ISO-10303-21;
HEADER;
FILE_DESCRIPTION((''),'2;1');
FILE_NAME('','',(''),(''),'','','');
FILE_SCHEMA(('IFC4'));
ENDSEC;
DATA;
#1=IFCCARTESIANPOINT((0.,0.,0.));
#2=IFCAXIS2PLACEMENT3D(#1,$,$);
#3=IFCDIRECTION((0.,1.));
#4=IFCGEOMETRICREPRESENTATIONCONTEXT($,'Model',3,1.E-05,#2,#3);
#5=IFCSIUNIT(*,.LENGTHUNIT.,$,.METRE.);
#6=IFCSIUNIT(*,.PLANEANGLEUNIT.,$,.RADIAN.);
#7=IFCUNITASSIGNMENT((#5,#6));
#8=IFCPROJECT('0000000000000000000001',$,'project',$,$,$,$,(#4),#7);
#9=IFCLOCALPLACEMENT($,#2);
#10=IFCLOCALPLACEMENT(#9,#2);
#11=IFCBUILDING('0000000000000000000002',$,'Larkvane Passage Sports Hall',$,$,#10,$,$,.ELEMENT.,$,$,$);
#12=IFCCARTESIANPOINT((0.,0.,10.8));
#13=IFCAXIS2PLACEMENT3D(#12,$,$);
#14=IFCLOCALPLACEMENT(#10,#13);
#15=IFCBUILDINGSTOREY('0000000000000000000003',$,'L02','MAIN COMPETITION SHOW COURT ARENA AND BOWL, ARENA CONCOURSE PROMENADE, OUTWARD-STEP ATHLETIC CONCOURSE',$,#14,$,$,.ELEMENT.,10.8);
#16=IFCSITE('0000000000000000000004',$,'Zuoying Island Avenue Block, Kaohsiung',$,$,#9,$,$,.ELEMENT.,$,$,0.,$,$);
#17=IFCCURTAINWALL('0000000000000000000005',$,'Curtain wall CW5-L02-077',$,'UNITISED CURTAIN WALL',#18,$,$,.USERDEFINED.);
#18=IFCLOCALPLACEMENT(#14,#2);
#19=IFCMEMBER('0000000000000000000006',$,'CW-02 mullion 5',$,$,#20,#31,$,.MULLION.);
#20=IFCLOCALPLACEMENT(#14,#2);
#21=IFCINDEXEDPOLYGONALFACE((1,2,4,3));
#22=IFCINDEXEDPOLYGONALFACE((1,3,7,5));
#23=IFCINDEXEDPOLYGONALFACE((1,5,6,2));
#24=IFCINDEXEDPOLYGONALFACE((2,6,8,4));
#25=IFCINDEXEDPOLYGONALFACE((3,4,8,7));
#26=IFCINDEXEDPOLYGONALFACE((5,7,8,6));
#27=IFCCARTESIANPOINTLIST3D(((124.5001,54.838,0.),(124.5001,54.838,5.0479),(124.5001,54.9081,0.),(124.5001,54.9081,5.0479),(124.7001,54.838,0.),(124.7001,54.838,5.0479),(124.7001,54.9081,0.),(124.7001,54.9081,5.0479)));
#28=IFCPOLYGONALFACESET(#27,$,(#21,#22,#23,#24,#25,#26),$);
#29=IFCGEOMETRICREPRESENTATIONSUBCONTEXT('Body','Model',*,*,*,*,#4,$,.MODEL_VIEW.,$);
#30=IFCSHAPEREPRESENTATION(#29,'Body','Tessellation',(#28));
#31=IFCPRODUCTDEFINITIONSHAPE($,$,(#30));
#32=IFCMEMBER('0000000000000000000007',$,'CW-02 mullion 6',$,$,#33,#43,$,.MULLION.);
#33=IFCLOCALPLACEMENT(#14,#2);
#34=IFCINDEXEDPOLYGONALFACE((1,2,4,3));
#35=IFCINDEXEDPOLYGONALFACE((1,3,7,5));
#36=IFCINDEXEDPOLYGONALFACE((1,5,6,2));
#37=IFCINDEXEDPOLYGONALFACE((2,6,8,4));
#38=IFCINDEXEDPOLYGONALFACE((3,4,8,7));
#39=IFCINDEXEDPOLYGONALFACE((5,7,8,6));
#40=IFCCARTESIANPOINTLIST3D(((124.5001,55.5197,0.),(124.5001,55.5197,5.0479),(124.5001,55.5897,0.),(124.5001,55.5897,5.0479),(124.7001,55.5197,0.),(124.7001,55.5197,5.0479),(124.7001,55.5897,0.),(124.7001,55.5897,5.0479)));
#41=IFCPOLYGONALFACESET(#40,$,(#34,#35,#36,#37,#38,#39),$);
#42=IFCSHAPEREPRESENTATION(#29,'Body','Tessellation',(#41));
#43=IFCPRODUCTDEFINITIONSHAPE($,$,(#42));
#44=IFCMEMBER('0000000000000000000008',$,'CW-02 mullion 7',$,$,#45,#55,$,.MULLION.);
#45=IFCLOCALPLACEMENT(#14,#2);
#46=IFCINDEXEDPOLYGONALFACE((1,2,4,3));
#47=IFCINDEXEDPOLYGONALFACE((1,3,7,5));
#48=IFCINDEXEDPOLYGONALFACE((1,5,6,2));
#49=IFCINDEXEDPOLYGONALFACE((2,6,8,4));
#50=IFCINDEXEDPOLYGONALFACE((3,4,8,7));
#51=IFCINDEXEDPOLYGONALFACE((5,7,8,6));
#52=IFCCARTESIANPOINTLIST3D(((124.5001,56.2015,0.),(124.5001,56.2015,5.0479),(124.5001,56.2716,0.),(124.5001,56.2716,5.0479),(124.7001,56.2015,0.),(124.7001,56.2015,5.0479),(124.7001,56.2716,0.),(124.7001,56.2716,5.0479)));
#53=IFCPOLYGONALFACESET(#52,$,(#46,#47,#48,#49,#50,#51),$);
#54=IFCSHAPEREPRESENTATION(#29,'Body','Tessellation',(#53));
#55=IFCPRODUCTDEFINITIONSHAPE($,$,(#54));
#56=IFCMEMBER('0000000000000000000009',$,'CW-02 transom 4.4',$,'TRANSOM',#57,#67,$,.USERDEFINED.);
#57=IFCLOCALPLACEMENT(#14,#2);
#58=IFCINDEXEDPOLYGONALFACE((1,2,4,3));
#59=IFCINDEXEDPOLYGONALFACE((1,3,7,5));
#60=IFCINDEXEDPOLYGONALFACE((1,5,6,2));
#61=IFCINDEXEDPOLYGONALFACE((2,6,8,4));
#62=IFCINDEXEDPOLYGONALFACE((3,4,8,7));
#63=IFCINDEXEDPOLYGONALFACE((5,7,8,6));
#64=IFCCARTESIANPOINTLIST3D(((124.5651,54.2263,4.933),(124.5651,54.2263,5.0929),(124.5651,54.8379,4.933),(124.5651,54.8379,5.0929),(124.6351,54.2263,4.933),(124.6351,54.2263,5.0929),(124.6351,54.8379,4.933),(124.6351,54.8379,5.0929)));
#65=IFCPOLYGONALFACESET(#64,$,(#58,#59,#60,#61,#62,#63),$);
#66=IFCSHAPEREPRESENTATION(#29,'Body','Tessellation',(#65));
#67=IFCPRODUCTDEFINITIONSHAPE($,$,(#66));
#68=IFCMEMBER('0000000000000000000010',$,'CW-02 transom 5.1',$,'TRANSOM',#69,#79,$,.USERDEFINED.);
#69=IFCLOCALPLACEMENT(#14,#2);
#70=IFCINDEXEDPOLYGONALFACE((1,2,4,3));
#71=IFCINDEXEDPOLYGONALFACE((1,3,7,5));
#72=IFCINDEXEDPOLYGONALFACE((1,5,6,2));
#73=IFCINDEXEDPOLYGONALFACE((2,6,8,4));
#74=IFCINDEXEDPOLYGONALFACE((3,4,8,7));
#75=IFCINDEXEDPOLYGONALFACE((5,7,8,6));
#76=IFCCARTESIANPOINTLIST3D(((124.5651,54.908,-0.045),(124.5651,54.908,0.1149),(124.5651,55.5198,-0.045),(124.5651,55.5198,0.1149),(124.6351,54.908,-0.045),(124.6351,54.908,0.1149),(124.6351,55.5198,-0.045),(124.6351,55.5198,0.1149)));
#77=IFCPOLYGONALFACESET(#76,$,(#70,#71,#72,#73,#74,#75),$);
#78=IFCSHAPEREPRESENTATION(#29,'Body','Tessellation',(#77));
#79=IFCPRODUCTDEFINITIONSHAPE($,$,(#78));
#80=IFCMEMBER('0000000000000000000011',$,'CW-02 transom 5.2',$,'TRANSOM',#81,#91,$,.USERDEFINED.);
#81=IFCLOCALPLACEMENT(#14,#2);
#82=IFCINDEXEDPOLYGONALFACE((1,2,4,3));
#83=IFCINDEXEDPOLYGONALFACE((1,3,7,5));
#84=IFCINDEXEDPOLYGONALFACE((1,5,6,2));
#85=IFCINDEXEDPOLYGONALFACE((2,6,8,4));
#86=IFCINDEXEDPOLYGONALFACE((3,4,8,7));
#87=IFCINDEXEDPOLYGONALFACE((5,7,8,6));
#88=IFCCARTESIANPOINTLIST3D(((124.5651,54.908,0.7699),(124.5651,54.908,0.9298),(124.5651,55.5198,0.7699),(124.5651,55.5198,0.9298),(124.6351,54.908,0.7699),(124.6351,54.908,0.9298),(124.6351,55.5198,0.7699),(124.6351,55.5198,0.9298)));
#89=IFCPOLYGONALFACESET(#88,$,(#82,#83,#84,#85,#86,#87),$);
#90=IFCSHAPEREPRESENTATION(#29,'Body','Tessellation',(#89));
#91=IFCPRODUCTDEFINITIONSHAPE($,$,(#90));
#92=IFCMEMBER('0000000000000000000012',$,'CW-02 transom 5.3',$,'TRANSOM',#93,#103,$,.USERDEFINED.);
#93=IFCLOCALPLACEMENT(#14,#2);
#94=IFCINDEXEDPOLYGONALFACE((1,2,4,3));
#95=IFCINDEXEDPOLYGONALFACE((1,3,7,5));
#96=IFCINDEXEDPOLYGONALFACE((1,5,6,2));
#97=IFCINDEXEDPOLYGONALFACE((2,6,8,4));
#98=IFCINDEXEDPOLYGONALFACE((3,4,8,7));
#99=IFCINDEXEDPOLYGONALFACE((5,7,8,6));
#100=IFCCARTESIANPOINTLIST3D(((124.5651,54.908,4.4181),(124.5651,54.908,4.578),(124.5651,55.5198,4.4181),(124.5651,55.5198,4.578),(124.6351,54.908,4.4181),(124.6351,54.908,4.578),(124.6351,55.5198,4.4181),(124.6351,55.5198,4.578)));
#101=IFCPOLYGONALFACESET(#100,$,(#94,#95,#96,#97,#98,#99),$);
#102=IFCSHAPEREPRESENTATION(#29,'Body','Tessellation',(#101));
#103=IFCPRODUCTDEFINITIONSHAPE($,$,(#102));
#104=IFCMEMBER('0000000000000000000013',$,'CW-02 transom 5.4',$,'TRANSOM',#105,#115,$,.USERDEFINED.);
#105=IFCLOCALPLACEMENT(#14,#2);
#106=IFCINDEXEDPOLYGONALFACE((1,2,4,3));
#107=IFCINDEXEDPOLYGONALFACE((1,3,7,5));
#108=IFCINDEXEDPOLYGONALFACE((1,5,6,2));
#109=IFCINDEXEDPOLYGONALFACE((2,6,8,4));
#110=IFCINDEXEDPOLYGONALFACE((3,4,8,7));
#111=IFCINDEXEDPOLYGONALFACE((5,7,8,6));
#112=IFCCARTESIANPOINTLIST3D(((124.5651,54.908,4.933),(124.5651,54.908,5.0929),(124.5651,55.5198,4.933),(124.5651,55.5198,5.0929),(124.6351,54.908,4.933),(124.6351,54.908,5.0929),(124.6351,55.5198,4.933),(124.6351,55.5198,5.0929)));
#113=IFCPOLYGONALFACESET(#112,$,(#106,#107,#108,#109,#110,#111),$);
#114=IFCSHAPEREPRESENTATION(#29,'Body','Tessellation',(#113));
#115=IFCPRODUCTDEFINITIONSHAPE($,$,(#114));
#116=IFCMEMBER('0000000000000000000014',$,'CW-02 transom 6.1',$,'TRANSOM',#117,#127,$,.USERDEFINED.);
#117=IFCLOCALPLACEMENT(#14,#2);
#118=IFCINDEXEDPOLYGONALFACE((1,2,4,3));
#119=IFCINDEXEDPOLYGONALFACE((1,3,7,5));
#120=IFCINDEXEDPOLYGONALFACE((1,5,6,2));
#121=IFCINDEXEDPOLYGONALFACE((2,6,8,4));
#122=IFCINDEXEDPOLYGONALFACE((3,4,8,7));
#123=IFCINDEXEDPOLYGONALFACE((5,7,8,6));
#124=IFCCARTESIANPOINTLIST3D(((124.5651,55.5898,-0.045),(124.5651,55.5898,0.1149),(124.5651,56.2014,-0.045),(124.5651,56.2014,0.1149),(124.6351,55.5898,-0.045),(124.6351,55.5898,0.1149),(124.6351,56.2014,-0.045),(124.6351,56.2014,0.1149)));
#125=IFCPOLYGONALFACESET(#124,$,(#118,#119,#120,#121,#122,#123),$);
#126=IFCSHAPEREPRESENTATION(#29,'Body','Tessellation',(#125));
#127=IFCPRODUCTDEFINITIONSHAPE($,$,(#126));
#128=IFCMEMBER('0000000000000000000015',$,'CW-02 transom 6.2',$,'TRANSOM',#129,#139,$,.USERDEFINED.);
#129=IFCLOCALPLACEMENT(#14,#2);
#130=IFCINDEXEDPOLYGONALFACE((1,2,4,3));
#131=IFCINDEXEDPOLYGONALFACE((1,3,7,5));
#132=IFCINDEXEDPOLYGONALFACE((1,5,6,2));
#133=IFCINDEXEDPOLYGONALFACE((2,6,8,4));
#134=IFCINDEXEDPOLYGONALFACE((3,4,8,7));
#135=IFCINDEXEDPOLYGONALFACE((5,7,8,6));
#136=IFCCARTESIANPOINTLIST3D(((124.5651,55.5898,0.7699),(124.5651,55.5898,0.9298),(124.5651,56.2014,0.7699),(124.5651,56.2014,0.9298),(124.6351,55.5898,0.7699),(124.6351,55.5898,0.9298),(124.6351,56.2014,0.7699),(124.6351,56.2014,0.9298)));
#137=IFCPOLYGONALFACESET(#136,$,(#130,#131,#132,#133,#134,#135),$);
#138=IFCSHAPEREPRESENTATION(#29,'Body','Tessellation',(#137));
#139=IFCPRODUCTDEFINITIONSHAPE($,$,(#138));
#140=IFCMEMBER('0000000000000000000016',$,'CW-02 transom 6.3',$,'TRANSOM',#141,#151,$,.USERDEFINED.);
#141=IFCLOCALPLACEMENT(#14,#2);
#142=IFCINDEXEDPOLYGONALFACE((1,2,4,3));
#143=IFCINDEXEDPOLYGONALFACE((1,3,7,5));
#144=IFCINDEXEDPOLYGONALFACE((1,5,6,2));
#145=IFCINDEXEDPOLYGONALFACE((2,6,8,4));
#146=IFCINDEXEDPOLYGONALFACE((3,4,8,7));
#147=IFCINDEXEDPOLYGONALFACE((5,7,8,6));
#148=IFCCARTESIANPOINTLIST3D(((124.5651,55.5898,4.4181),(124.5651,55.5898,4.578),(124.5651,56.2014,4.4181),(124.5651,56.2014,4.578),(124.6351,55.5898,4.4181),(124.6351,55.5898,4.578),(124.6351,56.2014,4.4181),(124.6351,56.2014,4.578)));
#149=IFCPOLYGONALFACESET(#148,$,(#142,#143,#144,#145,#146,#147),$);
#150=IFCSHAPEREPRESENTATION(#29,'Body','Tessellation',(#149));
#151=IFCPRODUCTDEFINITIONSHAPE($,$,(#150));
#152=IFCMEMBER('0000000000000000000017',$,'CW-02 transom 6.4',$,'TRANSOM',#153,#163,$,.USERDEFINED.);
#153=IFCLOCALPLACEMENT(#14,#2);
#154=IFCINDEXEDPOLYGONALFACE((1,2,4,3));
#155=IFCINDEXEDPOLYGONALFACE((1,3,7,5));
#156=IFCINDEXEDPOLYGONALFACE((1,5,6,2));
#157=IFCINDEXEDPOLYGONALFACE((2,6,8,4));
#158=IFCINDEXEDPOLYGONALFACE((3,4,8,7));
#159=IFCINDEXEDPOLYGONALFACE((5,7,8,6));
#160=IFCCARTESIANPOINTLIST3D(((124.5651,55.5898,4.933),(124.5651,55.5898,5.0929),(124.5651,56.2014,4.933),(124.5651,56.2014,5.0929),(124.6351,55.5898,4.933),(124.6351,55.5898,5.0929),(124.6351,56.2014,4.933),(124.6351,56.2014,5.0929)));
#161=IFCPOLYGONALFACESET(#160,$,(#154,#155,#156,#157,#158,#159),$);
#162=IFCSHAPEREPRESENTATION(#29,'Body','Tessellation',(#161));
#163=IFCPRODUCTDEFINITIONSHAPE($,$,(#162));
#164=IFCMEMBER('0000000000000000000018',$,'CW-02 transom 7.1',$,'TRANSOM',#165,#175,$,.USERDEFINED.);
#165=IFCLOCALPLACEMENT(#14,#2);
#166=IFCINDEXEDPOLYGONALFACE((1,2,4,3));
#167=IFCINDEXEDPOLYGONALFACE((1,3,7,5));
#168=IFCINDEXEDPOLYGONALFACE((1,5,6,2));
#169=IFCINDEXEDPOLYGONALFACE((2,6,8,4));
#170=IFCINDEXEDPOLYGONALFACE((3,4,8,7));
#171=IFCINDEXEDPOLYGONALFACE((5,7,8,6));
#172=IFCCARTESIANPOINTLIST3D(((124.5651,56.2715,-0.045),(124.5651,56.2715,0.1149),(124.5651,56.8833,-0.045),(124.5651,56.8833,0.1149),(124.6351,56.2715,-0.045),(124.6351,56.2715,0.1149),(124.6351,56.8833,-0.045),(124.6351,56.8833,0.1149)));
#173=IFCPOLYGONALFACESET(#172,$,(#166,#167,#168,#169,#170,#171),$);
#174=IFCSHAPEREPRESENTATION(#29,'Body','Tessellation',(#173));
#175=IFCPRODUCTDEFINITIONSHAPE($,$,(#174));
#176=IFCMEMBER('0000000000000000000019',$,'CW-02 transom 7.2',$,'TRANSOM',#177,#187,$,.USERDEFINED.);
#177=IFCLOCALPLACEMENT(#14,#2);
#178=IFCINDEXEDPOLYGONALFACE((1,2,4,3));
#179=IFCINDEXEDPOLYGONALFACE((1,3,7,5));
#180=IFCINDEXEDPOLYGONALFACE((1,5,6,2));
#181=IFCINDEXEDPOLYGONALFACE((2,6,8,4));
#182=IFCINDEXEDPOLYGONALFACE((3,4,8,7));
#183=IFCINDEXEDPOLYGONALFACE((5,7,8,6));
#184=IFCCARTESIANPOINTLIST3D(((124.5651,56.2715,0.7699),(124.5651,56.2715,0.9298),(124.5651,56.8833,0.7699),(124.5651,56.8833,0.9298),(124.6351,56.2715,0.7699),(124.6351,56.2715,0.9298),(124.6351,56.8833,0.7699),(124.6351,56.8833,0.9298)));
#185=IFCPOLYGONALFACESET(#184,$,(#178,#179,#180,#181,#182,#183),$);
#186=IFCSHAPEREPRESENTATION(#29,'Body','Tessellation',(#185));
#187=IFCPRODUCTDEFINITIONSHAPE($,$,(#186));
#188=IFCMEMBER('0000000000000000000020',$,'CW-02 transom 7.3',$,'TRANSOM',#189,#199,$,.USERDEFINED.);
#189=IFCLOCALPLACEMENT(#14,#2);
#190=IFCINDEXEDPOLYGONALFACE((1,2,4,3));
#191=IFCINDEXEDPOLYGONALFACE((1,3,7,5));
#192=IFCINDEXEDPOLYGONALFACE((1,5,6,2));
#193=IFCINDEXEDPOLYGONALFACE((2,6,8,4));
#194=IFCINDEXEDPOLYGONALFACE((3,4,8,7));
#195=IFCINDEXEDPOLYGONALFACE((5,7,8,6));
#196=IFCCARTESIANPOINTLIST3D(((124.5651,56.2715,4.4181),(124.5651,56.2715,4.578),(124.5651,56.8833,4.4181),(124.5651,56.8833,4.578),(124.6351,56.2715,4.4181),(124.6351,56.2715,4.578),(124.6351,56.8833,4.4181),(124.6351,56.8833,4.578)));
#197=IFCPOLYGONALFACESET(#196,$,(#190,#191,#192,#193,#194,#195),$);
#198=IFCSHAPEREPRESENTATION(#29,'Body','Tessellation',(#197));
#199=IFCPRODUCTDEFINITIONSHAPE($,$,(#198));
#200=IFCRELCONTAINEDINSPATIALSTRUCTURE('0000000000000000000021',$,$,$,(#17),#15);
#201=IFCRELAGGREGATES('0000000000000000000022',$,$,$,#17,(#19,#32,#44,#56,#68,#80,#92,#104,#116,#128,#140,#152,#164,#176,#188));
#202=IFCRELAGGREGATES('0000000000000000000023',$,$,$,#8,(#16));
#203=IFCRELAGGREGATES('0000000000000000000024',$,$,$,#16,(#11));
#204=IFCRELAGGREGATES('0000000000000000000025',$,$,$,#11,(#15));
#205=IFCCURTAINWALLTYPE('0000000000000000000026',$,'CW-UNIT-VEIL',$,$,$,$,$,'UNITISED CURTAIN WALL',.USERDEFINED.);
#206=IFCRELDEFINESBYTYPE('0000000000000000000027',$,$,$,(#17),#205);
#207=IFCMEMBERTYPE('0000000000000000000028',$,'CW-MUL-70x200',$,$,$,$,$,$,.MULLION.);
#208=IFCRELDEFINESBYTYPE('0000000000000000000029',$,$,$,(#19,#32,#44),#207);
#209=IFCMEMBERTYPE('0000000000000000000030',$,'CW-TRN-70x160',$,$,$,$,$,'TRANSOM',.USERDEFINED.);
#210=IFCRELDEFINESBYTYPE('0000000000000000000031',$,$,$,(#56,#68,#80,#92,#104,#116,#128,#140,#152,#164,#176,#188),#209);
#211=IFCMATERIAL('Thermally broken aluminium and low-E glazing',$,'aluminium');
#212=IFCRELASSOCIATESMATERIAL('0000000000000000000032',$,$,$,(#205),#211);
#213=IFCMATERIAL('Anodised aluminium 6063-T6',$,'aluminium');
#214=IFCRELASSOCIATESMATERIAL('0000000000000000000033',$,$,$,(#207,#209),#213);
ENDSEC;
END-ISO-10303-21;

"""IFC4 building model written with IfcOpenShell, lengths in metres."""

from ifc_helpers import new_model, si_unit, direction, frame, origin, origin_2d, place, context, subcontext, project, spatial, rectangle, extrude, material, material_profile, profile_set, type_object, element, aggregate, save


model = new_model("IFC4")

# Units and contexts
model_context = context("Model", 3, precision=1e-05, world=origin(), true_north=direction((0.0, 1.0)))
body_context = subcontext(model_context, "Body", "Model", "MODEL_VIEW")
ifc_project = project(units=[si_unit("LENGTHUNIT", "METRE"), si_unit("PLANEANGLEUNIT", "RADIAN")], contexts=[model_context])

# Site, building, storey
site_placement = place(None, origin())
site = spatial("IfcSite", under=ifc_project, at=site_placement, Name="Zuoying Island Avenue Block, Kaohsiung", CompositionType="ELEMENT", RefElevation=0.0)
building_placement = place(site_placement, origin())
building = spatial("IfcBuilding", under=site, at=building_placement, Name="Larkvane Passage Sports Hall", CompositionType="ELEMENT")
storey_placement = place(building_placement, frame((0.0, 0.0, 10.8)))
storey = spatial("IfcBuildingStorey", under=building, at=storey_placement, Name="L02", Description="MAIN COMPETITION SHOW COURT ARENA AND BOWL, ARENA CONCOURSE PROMENADE, OUTWARD-STEP ATHLETIC CONCOURSE", CompositionType="ELEMENT", Elevation=10.8)

# Curtain wall, members
ifc_material_1 = material(Name="Thermally broken aluminium and low-E glazing", Category="aluminium")
curtain_wall_type = type_object("IfcCurtainWallType", Name="CW-UNIT-VEIL", ElementType="UNITISED CURTAIN WALL", PredefinedType="USERDEFINED", material=ifc_material_1)
curtain_wall_placement = place(storey_placement, origin())
curtain_wall = element("IfcCurtainWall", 1, at=curtain_wall_placement, inside=storey, type_object=curtain_wall_type, Name="Curtain wall CW5-L02-077", ObjectType="UNITISED CURTAIN WALL", PredefinedType="USERDEFINED")
ifc_material_2 = material(Name="Anodised aluminium 6063-T6", Category="aluminium")
ifc_material_profile_1 = material_profile(ifc_material_2, rectangle(XDim=0.0701, YDim=0.2, at=origin_2d()), Name="ALU-MUL-70x200")
ifc_profile_set_1 = profile_set([ifc_material_profile_1], Name="Anodised aluminium 6063-T6")
member_type_1 = type_object("IfcMemberType", Name="CW-MUL-70x200", PredefinedType="MULLION", material=ifc_profile_set_1)
member_1_placement = place(storey_placement, frame((124.6001, 54.873, 0.0), z_axis=(0.0, 0.0, 1.0), x_axis=(0.0, 1.0, 0.0)))
member_1 = element("IfcMember", 2, at=member_1_placement, type_object=member_type_1, Name="CW-02 mullion 5", PredefinedType="MULLION", context=body_context, shape_type="SweptSolid", body=[
    extrude(rectangle(XDim=0.0701, YDim=0.2, at=origin_2d()), origin(), (0.0, 0.0, 1.0), 5.0479),
])
member_2_placement = place(storey_placement, frame((124.6001, 55.5547, 0.0), z_axis=(0.0, 0.0, 1.0), x_axis=(0.0, 1.0, 0.0)))
member_2 = element("IfcMember", 3, at=member_2_placement, type_object=member_type_1, Name="CW-02 mullion 6", PredefinedType="MULLION", context=body_context, shape_type="SweptSolid", body=[
    extrude(rectangle(XDim=0.0701, YDim=0.2, at=origin_2d()), origin(), (0.0, 0.0, 1.0), 5.0479),
])
member_3_placement = place(storey_placement, frame((124.6001, 56.2366, 0.0), z_axis=(0.0, 0.0, 1.0), x_axis=(0.0, 1.0, 0.0)))
member_3 = element("IfcMember", 4, at=member_3_placement, type_object=member_type_1, Name="CW-02 mullion 7", PredefinedType="MULLION", context=body_context, shape_type="SweptSolid", body=[
    extrude(rectangle(XDim=0.0701, YDim=0.2, at=origin_2d()), origin(), (0.0, 0.0, 1.0), 5.0479),
])
ifc_material_profile_2 = material_profile(ifc_material_2, rectangle(XDim=0.0701, YDim=0.1599, at=origin_2d()), Name="ALU-TRN-70x160")
ifc_profile_set_2 = profile_set([ifc_material_profile_2], Name="Anodised aluminium 6063-T6")
member_type_2 = type_object("IfcMemberType", Name="CW-TRN-70x160", ElementType="TRANSOM", PredefinedType="USERDEFINED", material=ifc_profile_set_2)
member_4_placement = place(storey_placement, frame((124.6001, 54.2263, 5.0129), z_axis=(0.0, 1.0, 0.0), x_axis=(-1.0, 0.0, 0.0)))
member_4 = element("IfcMember", 5, at=member_4_placement, type_object=member_type_2, Name="CW-02 transom 4.4", ObjectType="TRANSOM", PredefinedType="USERDEFINED", context=body_context, shape_type="SweptSolid", body=[
    extrude(rectangle(XDim=0.0701, YDim=0.1599, at=origin_2d()), origin(), (0.0, 0.0, 1.0), 0.6116),
])
member_5_placement = place(storey_placement, frame((124.6001, 54.908, 0.0349), z_axis=(0.0, 1.0, 0.0), x_axis=(-1.0, 0.0, 0.0)))
member_5 = element("IfcMember", 6, at=member_5_placement, type_object=member_type_2, Name="CW-02 transom 5.1", ObjectType="TRANSOM", PredefinedType="USERDEFINED", context=body_context, shape_type="SweptSolid", body=[
    extrude(rectangle(XDim=0.0701, YDim=0.1599, at=origin_2d()), origin(), (0.0, 0.0, 1.0), 0.6118),
])
member_6_placement = place(storey_placement, frame((124.6001, 54.908, 0.8499), z_axis=(0.0, 1.0, 0.0), x_axis=(-1.0, 0.0, 0.0)))
member_6 = element("IfcMember", 7, at=member_6_placement, type_object=member_type_2, Name="CW-02 transom 5.2", ObjectType="TRANSOM", PredefinedType="USERDEFINED", context=body_context, shape_type="SweptSolid", body=[
    extrude(rectangle(XDim=0.0701, YDim=0.1599, at=origin_2d()), origin(), (0.0, 0.0, 1.0), 0.6118),
])
member_7_placement = place(storey_placement, frame((124.6001, 54.908, 4.498), z_axis=(0.0, 1.0, 0.0), x_axis=(-1.0, 0.0, 0.0)))
member_7 = element("IfcMember", 8, at=member_7_placement, type_object=member_type_2, Name="CW-02 transom 5.3", ObjectType="TRANSOM", PredefinedType="USERDEFINED", context=body_context, shape_type="SweptSolid", body=[
    extrude(rectangle(XDim=0.0701, YDim=0.1599, at=origin_2d()), origin(), (0.0, 0.0, 1.0), 0.6118),
])
member_8_placement = place(storey_placement, frame((124.6001, 54.908, 5.0129), z_axis=(0.0, 1.0, 0.0), x_axis=(-1.0, 0.0, 0.0)))
member_8 = element("IfcMember", 9, at=member_8_placement, type_object=member_type_2, Name="CW-02 transom 5.4", ObjectType="TRANSOM", PredefinedType="USERDEFINED", context=body_context, shape_type="SweptSolid", body=[
    extrude(rectangle(XDim=0.0701, YDim=0.1599, at=origin_2d()), origin(), (0.0, 0.0, 1.0), 0.6118),
])
member_9_placement = place(storey_placement, frame((124.6001, 55.5898, 0.0349), z_axis=(0.0, 1.0, 0.0), x_axis=(-1.0, 0.0, 0.0)))
member_9 = element("IfcMember", 10, at=member_9_placement, type_object=member_type_2, Name="CW-02 transom 6.1", ObjectType="TRANSOM", PredefinedType="USERDEFINED", context=body_context, shape_type="SweptSolid", body=[
    extrude(rectangle(XDim=0.0701, YDim=0.1599, at=origin_2d()), origin(), (0.0, 0.0, 1.0), 0.6116),
])
member_10_placement = place(storey_placement, frame((124.6001, 55.5898, 0.8499), z_axis=(0.0, 1.0, 0.0), x_axis=(-1.0, 0.0, 0.0)))
member_10 = element("IfcMember", 11, at=member_10_placement, type_object=member_type_2, Name="CW-02 transom 6.2", ObjectType="TRANSOM", PredefinedType="USERDEFINED", context=body_context, shape_type="SweptSolid", body=[
    extrude(rectangle(XDim=0.0701, YDim=0.1599, at=origin_2d()), origin(), (0.0, 0.0, 1.0), 0.6116),
])
member_11_placement = place(storey_placement, frame((124.6001, 55.5898, 4.498), z_axis=(0.0, 1.0, 0.0), x_axis=(-1.0, 0.0, 0.0)))
member_11 = element("IfcMember", 12, at=member_11_placement, type_object=member_type_2, Name="CW-02 transom 6.3", ObjectType="TRANSOM", PredefinedType="USERDEFINED", context=body_context, shape_type="SweptSolid", body=[
    extrude(rectangle(XDim=0.0701, YDim=0.1599, at=origin_2d()), origin(), (0.0, 0.0, 1.0), 0.6116),
])
member_12_placement = place(storey_placement, frame((124.6001, 55.5898, 5.0129), z_axis=(0.0, 1.0, 0.0), x_axis=(-1.0, 0.0, 0.0)))
member_12 = element("IfcMember", 13, at=member_12_placement, type_object=member_type_2, Name="CW-02 transom 6.4", ObjectType="TRANSOM", PredefinedType="USERDEFINED", context=body_context, shape_type="SweptSolid", body=[
    extrude(rectangle(XDim=0.0701, YDim=0.1599, at=origin_2d()), origin(), (0.0, 0.0, 1.0), 0.6116),
])
member_13_placement = place(storey_placement, frame((124.6001, 56.2715, 0.0349), z_axis=(0.0, 1.0, 0.0), x_axis=(-1.0, 0.0, 0.0)))
member_13 = element("IfcMember", 14, at=member_13_placement, type_object=member_type_2, Name="CW-02 transom 7.1", ObjectType="TRANSOM", PredefinedType="USERDEFINED", context=body_context, shape_type="SweptSolid", body=[
    extrude(rectangle(XDim=0.0701, YDim=0.1599, at=origin_2d()), origin(), (0.0, 0.0, 1.0), 0.6118),
])
member_14_placement = place(storey_placement, frame((124.6001, 56.2715, 0.8499), z_axis=(0.0, 1.0, 0.0), x_axis=(-1.0, 0.0, 0.0)))
member_14 = element("IfcMember", 15, at=member_14_placement, type_object=member_type_2, Name="CW-02 transom 7.2", ObjectType="TRANSOM", PredefinedType="USERDEFINED", context=body_context, shape_type="SweptSolid", body=[
    extrude(rectangle(XDim=0.0701, YDim=0.1599, at=origin_2d()), origin(), (0.0, 0.0, 1.0), 0.6118),
])
member_15_placement = place(storey_placement, frame((124.6001, 56.2715, 4.498), z_axis=(0.0, 1.0, 0.0), x_axis=(-1.0, 0.0, 0.0)))
member_15 = element("IfcMember", 16, at=member_15_placement, type_object=member_type_2, Name="CW-02 transom 7.3", ObjectType="TRANSOM", PredefinedType="USERDEFINED", context=body_context, shape_type="SweptSolid", body=[
    extrude(rectangle(XDim=0.0701, YDim=0.1599, at=origin_2d()), origin(), (0.0, 0.0, 1.0), 0.6118),
])

aggregate(curtain_wall, [member_1, member_2, member_3, member_4, member_5, member_6, member_7, member_8, member_9, member_10, member_11, member_12, member_13, member_14, member_15])

save(model, "model.ifc")
